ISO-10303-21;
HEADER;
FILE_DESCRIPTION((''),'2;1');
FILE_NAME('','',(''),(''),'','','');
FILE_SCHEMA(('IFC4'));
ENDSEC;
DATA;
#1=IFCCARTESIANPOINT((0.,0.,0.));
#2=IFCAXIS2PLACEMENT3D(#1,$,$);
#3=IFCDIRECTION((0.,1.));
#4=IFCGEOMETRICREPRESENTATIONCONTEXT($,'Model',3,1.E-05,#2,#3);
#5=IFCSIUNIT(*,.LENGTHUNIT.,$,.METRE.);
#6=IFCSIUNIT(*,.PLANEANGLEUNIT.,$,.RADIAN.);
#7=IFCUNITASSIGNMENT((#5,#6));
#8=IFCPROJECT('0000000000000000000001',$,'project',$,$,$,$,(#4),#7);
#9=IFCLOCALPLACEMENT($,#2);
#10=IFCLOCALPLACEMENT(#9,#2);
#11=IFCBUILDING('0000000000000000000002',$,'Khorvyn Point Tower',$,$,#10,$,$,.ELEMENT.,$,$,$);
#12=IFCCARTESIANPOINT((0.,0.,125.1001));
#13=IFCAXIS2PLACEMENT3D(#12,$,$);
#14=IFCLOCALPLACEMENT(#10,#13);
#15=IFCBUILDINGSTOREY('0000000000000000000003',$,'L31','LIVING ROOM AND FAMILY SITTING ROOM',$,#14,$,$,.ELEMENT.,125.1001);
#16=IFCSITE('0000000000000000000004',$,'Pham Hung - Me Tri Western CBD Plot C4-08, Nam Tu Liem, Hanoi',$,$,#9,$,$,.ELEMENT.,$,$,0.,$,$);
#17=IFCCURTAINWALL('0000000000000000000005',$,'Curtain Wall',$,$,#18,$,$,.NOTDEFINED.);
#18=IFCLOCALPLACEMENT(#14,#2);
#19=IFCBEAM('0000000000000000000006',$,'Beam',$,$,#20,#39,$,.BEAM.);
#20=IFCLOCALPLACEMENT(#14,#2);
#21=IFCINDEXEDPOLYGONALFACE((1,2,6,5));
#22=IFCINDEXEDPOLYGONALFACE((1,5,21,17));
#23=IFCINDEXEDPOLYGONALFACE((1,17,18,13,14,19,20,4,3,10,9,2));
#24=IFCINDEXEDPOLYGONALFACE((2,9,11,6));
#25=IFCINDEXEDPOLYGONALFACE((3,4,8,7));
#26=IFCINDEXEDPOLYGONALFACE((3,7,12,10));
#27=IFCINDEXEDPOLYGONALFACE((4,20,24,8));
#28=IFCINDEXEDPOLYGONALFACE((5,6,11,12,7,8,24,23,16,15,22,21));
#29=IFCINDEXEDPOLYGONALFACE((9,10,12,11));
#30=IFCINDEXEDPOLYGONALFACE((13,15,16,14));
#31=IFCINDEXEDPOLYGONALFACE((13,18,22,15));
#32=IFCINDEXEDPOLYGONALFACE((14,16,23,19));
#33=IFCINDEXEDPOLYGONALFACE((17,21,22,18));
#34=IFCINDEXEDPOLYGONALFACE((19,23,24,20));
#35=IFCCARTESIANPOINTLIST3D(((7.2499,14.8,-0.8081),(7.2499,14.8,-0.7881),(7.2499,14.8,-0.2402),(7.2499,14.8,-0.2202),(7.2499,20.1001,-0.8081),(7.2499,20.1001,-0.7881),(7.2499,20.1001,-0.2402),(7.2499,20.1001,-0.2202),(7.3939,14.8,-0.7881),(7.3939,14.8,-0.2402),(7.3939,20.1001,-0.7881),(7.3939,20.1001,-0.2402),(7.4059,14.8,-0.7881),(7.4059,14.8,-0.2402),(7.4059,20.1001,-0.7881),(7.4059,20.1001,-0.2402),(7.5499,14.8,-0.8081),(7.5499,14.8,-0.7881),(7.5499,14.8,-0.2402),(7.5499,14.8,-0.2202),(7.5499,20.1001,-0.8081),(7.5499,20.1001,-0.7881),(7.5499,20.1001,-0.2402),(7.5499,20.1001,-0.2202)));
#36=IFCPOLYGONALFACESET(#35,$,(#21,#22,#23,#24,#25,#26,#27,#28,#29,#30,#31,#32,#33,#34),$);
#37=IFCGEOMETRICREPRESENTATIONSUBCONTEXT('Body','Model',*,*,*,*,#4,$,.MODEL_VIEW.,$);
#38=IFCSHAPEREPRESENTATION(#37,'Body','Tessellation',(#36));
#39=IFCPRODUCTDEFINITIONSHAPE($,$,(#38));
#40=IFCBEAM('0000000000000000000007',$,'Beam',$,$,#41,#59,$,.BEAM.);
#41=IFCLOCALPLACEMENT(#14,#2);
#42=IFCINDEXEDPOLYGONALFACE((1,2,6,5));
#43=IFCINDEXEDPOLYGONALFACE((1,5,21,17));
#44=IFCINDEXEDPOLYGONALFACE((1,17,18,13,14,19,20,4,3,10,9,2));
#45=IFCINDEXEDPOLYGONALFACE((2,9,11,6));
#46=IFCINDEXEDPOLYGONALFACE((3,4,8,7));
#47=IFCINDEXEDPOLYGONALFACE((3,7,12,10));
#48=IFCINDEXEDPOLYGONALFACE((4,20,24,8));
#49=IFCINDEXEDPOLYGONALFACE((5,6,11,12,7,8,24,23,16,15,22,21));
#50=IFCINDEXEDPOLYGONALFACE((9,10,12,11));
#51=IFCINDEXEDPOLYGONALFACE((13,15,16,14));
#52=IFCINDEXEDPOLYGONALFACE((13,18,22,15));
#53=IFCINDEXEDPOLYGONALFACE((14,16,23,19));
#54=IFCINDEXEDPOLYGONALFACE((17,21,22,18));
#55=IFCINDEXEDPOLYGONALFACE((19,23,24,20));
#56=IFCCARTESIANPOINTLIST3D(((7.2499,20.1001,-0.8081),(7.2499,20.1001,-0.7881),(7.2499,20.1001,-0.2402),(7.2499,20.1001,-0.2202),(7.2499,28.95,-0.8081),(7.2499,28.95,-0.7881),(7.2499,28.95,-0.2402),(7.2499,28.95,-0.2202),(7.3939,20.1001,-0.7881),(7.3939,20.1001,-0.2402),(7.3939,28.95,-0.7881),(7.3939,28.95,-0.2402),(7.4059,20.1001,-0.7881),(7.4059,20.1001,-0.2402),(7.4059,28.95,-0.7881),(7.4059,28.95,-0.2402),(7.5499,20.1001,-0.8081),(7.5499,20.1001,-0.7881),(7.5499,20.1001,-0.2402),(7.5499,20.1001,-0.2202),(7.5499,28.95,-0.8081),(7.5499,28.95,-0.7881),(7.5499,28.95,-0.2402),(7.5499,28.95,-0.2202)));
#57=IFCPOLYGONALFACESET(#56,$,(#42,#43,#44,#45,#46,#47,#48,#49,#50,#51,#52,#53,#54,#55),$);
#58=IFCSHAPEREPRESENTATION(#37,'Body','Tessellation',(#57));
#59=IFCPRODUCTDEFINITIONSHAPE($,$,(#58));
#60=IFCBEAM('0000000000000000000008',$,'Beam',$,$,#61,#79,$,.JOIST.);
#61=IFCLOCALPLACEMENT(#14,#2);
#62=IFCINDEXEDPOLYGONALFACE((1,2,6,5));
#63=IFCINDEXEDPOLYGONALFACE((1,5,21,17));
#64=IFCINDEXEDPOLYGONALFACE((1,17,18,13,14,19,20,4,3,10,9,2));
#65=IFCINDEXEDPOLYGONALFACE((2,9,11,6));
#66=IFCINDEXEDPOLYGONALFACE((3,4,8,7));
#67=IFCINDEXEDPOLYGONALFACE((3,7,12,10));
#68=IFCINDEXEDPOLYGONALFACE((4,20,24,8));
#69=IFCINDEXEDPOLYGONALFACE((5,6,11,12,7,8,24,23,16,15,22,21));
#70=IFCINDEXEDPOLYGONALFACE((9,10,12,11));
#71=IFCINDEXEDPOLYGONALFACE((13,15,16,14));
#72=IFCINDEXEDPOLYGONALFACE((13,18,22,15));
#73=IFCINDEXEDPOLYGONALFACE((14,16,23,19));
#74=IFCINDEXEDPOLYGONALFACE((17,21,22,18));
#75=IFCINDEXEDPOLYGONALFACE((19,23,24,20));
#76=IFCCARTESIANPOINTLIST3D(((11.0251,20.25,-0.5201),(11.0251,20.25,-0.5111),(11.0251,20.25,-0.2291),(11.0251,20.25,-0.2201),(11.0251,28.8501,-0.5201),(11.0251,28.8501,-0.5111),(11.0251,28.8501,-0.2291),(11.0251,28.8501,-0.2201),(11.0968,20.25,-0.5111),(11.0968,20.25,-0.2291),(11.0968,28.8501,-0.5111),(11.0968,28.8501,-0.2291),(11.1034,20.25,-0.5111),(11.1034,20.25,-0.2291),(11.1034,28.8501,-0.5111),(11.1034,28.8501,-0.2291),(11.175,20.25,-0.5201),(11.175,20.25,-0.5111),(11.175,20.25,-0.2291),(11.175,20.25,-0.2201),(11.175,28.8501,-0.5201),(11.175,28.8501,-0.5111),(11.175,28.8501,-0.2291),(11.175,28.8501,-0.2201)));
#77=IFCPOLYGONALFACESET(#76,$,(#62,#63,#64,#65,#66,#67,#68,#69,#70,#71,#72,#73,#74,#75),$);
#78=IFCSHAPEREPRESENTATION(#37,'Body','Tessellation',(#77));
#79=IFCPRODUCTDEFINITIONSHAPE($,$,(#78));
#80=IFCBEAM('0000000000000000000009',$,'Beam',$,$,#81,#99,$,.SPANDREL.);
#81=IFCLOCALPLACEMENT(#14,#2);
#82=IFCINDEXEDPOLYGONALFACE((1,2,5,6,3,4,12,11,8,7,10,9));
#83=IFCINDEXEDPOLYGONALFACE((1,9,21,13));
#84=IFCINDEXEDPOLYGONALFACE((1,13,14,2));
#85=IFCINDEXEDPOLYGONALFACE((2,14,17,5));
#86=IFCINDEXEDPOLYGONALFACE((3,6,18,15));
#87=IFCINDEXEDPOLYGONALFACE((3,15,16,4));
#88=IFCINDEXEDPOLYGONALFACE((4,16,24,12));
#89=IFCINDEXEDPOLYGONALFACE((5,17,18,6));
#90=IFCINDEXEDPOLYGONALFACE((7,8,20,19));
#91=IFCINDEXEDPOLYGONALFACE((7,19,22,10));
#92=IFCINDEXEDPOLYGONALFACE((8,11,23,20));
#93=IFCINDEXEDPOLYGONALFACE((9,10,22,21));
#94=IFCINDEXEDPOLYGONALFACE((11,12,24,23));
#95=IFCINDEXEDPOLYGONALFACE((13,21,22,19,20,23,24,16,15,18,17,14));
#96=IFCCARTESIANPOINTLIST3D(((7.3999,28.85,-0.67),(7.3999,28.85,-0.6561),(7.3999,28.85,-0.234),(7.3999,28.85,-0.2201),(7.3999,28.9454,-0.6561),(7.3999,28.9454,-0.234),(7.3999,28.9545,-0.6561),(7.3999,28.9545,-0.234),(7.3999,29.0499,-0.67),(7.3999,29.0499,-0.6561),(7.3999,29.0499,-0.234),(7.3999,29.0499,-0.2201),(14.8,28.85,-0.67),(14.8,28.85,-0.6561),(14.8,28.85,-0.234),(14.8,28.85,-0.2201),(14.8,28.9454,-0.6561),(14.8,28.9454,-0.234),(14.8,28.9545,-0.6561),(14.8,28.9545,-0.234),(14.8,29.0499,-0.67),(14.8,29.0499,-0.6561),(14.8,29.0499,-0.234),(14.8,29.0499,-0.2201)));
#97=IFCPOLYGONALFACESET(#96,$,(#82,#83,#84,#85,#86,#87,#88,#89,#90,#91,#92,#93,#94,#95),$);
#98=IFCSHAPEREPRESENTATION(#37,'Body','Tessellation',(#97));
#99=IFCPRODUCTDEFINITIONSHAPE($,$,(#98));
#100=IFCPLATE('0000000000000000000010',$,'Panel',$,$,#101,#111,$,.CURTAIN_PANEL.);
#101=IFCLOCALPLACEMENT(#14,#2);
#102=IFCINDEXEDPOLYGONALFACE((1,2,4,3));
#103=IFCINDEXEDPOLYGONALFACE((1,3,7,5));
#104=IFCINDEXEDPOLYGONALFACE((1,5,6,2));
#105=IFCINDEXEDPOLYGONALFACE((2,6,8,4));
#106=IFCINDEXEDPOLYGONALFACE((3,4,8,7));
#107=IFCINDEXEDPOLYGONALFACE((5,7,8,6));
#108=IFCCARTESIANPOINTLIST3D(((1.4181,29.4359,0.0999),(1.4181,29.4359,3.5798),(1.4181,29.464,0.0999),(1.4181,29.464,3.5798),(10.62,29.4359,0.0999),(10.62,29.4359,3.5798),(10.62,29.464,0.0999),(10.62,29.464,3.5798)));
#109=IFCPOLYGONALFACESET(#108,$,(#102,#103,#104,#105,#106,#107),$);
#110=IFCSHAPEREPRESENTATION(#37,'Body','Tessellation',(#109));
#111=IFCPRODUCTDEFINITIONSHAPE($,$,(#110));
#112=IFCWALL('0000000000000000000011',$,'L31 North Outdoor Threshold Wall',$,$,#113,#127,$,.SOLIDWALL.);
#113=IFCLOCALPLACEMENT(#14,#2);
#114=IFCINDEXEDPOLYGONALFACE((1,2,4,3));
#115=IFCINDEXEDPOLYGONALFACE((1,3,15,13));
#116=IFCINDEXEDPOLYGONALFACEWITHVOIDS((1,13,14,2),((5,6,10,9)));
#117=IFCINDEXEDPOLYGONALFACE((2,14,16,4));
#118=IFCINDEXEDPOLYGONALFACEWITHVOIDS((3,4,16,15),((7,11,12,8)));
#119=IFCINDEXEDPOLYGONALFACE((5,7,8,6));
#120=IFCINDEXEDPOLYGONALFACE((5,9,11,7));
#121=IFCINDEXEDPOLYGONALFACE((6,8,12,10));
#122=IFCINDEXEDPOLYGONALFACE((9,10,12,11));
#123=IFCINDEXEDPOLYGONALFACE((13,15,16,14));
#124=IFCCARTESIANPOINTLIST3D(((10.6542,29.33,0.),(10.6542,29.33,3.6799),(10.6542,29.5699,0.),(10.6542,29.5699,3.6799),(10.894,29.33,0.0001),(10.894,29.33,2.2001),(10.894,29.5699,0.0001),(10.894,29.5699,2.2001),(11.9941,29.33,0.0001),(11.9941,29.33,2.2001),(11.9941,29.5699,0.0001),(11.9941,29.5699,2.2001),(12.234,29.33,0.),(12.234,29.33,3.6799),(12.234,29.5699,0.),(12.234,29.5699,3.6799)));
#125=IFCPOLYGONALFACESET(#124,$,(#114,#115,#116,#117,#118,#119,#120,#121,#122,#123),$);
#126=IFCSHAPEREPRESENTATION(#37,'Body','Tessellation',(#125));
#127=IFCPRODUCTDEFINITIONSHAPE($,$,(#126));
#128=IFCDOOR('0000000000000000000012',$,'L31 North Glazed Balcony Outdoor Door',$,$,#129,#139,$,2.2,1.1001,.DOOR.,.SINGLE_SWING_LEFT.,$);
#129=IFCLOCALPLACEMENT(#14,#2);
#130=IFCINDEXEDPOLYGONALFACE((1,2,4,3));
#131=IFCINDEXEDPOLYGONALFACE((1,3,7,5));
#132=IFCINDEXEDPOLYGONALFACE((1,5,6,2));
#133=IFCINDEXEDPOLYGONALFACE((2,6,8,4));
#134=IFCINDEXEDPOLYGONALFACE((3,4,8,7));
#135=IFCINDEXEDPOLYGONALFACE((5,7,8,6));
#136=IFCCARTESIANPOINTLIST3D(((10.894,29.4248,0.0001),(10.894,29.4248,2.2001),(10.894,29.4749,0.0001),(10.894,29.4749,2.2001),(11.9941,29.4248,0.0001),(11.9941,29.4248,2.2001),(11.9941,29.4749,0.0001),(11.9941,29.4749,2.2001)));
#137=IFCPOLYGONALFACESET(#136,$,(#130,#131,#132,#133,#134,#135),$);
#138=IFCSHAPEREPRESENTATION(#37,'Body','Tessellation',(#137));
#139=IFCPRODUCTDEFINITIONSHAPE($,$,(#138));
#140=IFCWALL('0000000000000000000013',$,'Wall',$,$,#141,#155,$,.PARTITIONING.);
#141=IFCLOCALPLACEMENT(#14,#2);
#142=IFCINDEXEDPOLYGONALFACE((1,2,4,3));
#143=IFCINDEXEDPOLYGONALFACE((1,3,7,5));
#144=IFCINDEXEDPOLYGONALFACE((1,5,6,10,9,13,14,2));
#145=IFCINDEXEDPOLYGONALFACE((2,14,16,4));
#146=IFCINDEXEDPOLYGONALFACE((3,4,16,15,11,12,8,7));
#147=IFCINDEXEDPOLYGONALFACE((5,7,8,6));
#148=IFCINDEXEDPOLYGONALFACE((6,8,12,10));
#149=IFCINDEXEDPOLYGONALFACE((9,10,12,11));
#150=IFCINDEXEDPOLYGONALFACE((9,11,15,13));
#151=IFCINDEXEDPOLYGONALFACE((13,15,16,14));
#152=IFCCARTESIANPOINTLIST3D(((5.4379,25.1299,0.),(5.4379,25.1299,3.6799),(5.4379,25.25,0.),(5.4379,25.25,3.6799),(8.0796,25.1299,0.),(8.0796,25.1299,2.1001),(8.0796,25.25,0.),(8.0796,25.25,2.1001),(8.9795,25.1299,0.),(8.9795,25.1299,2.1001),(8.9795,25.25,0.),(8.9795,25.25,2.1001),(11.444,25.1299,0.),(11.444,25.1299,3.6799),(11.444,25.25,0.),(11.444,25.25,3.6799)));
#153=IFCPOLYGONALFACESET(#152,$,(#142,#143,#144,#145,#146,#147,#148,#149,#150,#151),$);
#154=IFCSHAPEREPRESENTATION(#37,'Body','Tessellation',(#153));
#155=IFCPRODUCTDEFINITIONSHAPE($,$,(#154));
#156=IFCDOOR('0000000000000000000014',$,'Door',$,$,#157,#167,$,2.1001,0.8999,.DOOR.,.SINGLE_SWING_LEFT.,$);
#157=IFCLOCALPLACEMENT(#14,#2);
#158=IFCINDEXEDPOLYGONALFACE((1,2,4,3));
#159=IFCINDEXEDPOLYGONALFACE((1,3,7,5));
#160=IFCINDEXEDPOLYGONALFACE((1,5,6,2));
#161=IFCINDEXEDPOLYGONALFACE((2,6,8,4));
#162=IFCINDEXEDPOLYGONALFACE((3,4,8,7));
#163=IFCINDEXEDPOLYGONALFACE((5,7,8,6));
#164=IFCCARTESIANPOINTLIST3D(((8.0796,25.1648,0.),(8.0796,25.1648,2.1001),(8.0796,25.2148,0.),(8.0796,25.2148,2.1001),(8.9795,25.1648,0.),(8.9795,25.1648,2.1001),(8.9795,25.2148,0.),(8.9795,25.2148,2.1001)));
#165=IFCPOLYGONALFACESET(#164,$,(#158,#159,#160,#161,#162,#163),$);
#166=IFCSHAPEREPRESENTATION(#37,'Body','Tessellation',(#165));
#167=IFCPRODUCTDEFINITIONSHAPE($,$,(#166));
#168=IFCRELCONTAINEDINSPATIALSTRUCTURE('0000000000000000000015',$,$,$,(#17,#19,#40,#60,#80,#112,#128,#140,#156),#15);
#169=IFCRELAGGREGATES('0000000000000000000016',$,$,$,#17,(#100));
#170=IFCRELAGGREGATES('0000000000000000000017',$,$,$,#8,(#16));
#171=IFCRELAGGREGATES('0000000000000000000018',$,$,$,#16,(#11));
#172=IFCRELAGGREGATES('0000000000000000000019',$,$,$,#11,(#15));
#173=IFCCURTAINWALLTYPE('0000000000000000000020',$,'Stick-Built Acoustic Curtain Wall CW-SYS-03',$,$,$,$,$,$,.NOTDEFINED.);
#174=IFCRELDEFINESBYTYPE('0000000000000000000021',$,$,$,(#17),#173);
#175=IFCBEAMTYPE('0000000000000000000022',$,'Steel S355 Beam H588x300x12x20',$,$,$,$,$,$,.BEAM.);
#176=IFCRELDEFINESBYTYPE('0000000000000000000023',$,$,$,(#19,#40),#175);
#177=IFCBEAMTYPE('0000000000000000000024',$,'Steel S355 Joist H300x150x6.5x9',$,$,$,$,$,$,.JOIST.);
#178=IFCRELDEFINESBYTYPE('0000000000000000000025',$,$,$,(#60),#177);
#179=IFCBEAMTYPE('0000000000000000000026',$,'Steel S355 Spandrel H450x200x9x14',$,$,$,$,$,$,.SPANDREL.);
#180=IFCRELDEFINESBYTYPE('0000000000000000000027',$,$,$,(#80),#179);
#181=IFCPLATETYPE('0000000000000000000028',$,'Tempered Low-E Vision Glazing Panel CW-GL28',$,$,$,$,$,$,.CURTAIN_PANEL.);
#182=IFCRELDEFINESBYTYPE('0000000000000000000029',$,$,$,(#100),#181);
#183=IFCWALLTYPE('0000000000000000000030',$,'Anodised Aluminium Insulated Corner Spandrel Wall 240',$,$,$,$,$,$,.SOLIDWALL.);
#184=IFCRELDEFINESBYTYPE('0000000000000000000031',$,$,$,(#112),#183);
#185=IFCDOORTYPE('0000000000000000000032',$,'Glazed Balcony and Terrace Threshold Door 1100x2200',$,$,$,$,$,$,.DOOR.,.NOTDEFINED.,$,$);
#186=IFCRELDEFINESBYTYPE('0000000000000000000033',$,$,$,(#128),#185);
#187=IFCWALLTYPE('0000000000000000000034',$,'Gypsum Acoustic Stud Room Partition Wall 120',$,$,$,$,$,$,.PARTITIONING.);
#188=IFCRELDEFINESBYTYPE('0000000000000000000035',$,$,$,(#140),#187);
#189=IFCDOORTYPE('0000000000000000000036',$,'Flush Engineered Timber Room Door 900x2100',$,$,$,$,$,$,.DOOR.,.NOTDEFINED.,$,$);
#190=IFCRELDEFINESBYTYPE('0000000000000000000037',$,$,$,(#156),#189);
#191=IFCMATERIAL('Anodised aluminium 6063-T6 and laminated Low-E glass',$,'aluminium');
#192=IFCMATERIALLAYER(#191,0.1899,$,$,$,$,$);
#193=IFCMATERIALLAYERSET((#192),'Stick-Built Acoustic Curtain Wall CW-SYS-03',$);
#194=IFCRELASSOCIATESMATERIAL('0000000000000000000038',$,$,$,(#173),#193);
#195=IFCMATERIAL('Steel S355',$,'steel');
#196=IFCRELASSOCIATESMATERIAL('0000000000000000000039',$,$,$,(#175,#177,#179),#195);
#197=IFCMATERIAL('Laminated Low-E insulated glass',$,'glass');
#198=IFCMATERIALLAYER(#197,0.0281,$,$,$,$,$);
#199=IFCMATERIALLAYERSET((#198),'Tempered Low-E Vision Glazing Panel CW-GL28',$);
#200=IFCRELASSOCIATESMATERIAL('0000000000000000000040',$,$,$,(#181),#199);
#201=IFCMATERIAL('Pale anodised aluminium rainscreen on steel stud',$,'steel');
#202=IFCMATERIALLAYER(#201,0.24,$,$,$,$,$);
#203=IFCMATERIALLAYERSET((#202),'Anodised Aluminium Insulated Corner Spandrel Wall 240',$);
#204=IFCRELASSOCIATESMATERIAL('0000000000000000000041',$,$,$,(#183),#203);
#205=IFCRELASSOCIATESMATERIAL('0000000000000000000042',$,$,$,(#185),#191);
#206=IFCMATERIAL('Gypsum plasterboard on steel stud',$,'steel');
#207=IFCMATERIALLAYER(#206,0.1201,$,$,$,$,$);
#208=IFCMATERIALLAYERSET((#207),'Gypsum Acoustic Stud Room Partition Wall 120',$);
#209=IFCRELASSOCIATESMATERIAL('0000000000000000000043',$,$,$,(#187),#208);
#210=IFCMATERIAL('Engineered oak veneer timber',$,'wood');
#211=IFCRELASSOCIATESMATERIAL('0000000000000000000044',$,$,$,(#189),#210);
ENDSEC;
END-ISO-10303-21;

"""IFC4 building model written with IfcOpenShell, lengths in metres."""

from ifc_helpers import new_model, si_unit, direction, frame, frame_2d, origin, origin_2d, place, context, subcontext, project, spatial, rectangle, i_section, extrude, material, layer, layer_set, material_profile, profile_set, type_object, element, fill, aggregate, save


model = new_model("IFC4")

# Units and contexts
model_context = context("Model", 3, precision=1e-05, world=origin(), true_north=direction((0.0, 1.0)))
body_context = subcontext(model_context, "Body", "Model", "MODEL_VIEW")
ifc_project = project(units=[si_unit("LENGTHUNIT", "METRE"), si_unit("PLANEANGLEUNIT", "RADIAN")], contexts=[model_context])

# Site, building, storey
site_placement = place(None, origin())
site = spatial("IfcSite", under=ifc_project, at=site_placement, Name="Pham Hung - Me Tri Western CBD Plot C4-08, Nam Tu Liem, Hanoi", CompositionType="ELEMENT", RefElevation=0.0)
building_placement = place(site_placement, origin())
building = spatial("IfcBuilding", under=site, at=building_placement, Name="Khorvyn Point Tower", CompositionType="ELEMENT")
storey_placement = place(building_placement, frame((0.0, 0.0, 125.1001)))
storey = spatial("IfcBuildingStorey", under=building, at=storey_placement, Name="L31", Description="LIVING ROOM AND FAMILY SITTING ROOM", CompositionType="ELEMENT", Elevation=125.1001)

# Curtain wall
ifc_material_1 = material(Name="Anodised aluminium 6063-T6 and laminated Low-E glass", Category="aluminium")
ifc_layer_1 = layer(ifc_material_1, 0.1899)
ifc_layer_set_1 = layer_set([ifc_layer_1], Name="Stick-Built Acoustic Curtain Wall CW-SYS-03")
curtain_wall_type = type_object("IfcCurtainWallType", Name="Stick-Built Acoustic Curtain Wall CW-SYS-03", PredefinedType="NOTDEFINED", material=ifc_layer_set_1)
curtain_wall_1_placement = place(storey_placement, origin())
curtain_wall_1 = element("IfcCurtainWall", 1, at=curtain_wall_1_placement, inside=storey, type_object=curtain_wall_type, Name="Curtain Wall", PredefinedType="NOTDEFINED")

# Beams
ifc_material_2 = material(Name="Steel S355", Category="steel")
ifc_material_profile_1 = material_profile(ifc_material_2, i_section(OverallWidth=0.3, OverallDepth=0.5879, WebThickness=0.012, FlangeThickness=0.02, at=origin_2d()))
ifc_profile_set_1 = profile_set([ifc_material_profile_1], Name="Steel S355 H588x300x12x20")
beam_type_1 = type_object("IfcBeamType", Name="Steel S355 Beam H588x300x12x20", PredefinedType="BEAM", material=ifc_profile_set_1)
beam_1_placement = place(storey_placement, frame((7.3999, 14.8, -0.5142), z_axis=(0.0, 1.0, 0.0), x_axis=(-1.0, 0.0, 0.0)))
element("IfcBeam", 2, at=beam_1_placement, inside=storey, type_object=beam_type_1, Name="Beam", PredefinedType="BEAM", context=body_context, shape_type="SweptSolid", body=[
    extrude(i_section(OverallWidth=0.3, OverallDepth=0.5879, WebThickness=0.012, FlangeThickness=0.02, at=origin_2d()), origin(), (0.0, 0.0, 1.0), 5.3),
])
beam_2_placement = place(storey_placement, frame((7.3999, 20.1001, -0.5142), z_axis=(0.0, 1.0, 0.0), x_axis=(-1.0, 0.0, 0.0)))
element("IfcBeam", 3, at=beam_2_placement, inside=storey, type_object=beam_type_1, Name="Beam", PredefinedType="BEAM", context=body_context, shape_type="SweptSolid", body=[
    extrude(i_section(OverallWidth=0.3, OverallDepth=0.5879, WebThickness=0.012, FlangeThickness=0.02, at=origin_2d()), origin(), (0.0, 0.0, 1.0), 8.8499),
])
ifc_material_profile_2 = material_profile(ifc_material_2, i_section(OverallWidth=0.1499, OverallDepth=0.3, WebThickness=0.0066, FlangeThickness=0.009, at=origin_2d()))
ifc_profile_set_2 = profile_set([ifc_material_profile_2], Name="Steel S355 H300x150x6.5x9")
beam_type_2 = type_object("IfcBeamType", Name="Steel S355 Joist H300x150x6.5x9", PredefinedType="JOIST", material=ifc_profile_set_2)
beam_3_placement = place(storey_placement, frame((11.1001, 20.25, -0.3701), z_axis=(0.0, 1.0, 0.0), x_axis=(-1.0, 0.0, 0.0)))
element("IfcBeam", 4, at=beam_3_placement, inside=storey, type_object=beam_type_2, Name="Beam", PredefinedType="JOIST", context=body_context, shape_type="SweptSolid", body=[
    extrude(i_section(OverallWidth=0.1499, OverallDepth=0.3, WebThickness=0.0066, FlangeThickness=0.009, at=origin_2d()), origin(), (0.0, 0.0, 1.0), 8.6001),
])
ifc_material_profile_3 = material_profile(ifc_material_2, i_section(OverallWidth=0.2, OverallDepth=0.45, WebThickness=0.009, FlangeThickness=0.0139, at=origin_2d()))
ifc_profile_set_3 = profile_set([ifc_material_profile_3], Name="Steel S355 H450x200x9x14")
beam_type_3 = type_object("IfcBeamType", Name="Steel S355 Spandrel H450x200x9x14", PredefinedType="SPANDREL", material=ifc_profile_set_3)
beam_4_placement = place(storey_placement, frame((7.3999, 28.95, -0.4451), z_axis=(1.0, 0.0, 0.0), x_axis=(0.0, 1.0, 0.0)))
element("IfcBeam", 5, at=beam_4_placement, inside=storey, type_object=beam_type_3, Name="Beam", PredefinedType="SPANDREL", context=body_context, shape_type="SweptSolid", body=[
    extrude(i_section(OverallWidth=0.2, OverallDepth=0.45, WebThickness=0.009, FlangeThickness=0.0139, at=origin_2d()), origin(), (0.0, 0.0, 1.0), 7.4001),
])

# Plate
ifc_material_3 = material(Name="Laminated Low-E insulated glass", Category="glass")
ifc_layer_2 = layer(ifc_material_3, 0.0281)
ifc_layer_set_2 = layer_set([ifc_layer_2], Name="Tempered Low-E Vision Glazing Panel CW-GL28")
plate_type = type_object("IfcPlateType", Name="Tempered Low-E Vision Glazing Panel CW-GL28", PredefinedType="CURTAIN_PANEL", material=ifc_layer_set_2)
plate_placement = place(storey_placement, frame((6.019, 29.45, 0.0999), z_axis=(0.0, 0.0, 1.0), x_axis=(1.0, 0.0, 0.0)))
plate = element("IfcPlate", 6, at=plate_placement, type_object=plate_type, Name="Panel", PredefinedType="CURTAIN_PANEL", context=body_context, shape_type="SweptSolid", body=[
    extrude(rectangle(XDim=9.2019, YDim=0.0281, at=origin_2d()), origin(), (0.0, 0.0, 1.0), 3.48),
])
aggregate(curtain_wall_1, [plate])

# Walls, openings, doors
ifc_material_4 = material(Name="Pale anodised aluminium rainscreen on steel stud", Category="steel")
ifc_layer_3 = layer(ifc_material_4, 0.24)
ifc_layer_set_3 = layer_set([ifc_layer_3], Name="Anodised Aluminium Insulated Corner Spandrel Wall 240")
wall_type_1 = type_object("IfcWallType", Name="Anodised Aluminium Insulated Corner Spandrel Wall 240", PredefinedType="SOLIDWALL", material=ifc_layer_set_3)
wall_1_placement = place(storey_placement, frame((10.6541, 29.45, 0.0), z_axis=(0.0, 0.0, 1.0), x_axis=(1.0, 0.0, 0.0)))
wall_1 = element("IfcWall", 7, at=wall_1_placement, inside=storey, type_object=wall_type_1, Name="L31 North Outdoor Threshold Wall", PredefinedType="SOLIDWALL", context=body_context, shape_type="SweptSolid", body=[
    extrude(rectangle(XDim=1.5798, YDim=0.24, at=frame_2d((0.79, 0.0))), origin(), (0.0, 0.0, 1.0), 3.6799),
])
opening_1_placement = place(wall_1_placement, frame((0.24, 0.0, 0.0)))
opening_1 = element("IfcOpeningElement", 8, at=opening_1_placement, cuts=wall_1, PredefinedType="OPENING", context=body_context, shape_type="SweptSolid", body=[
    extrude(rectangle(XDim=1.1001, YDim=2.2, at=frame_2d((0.55, 1.1001))), frame((0.0, 0.1299, 0.0), z_axis=(0.0, -1.0, 0.0), x_axis=(1.0, 0.0, 0.0)), (0.0, 0.0, 1.0), 0.26),
])
door_type_1 = type_object("IfcDoorType", Name="Glazed Balcony and Terrace Threshold Door 1100x2200", OperationType="NOTDEFINED", PredefinedType="DOOR", material=ifc_material_1)
door_1_placement = place(opening_1_placement, origin())
door_1 = element("IfcDoor", 9, at=door_1_placement, inside=storey, type_object=door_type_1, Name="L31 North Glazed Balcony Outdoor Door", OperationType="SINGLE_SWING_LEFT", OverallHeight=2.2, OverallWidth=1.1001, PredefinedType="DOOR", context=body_context, shape_type="SweptSolid", body=[
    extrude(rectangle(XDim=1.1001, YDim=2.2, at=frame_2d((0.55, 1.1001))), frame((0.0, 0.0249, 0.0), z_axis=(0.0, -1.0, 0.0), x_axis=(1.0, 0.0, 0.0)), (0.0, 0.0, 1.0), 0.05),
])
fill(opening_1, door_1)
ifc_material_5 = material(Name="Gypsum plasterboard on steel stud", Category="steel")
ifc_layer_4 = layer(ifc_material_5, 0.1201)
ifc_layer_set_4 = layer_set([ifc_layer_4], Name="Gypsum Acoustic Stud Room Partition Wall 120")
wall_type_2 = type_object("IfcWallType", Name="Gypsum Acoustic Stud Room Partition Wall 120", PredefinedType="PARTITIONING", material=ifc_layer_set_4)
wall_2_placement = place(storey_placement, frame((5.438, 25.1899, 0.0), z_axis=(0.0, 0.0, 1.0), x_axis=(1.0, 0.0, 0.0)))
wall_2 = element("IfcWall", 10, at=wall_2_placement, inside=storey, type_object=wall_type_2, Name="Wall", PredefinedType="PARTITIONING", context=body_context, shape_type="SweptSolid", body=[
    extrude(rectangle(XDim=6.0061, YDim=0.1201, at=frame_2d((3.0029, 0.0))), origin(), (0.0, 0.0, 1.0), 3.6799),
])
opening_2_placement = place(wall_2_placement, frame((2.6416, 0.0, 0.0)))
opening_2 = element("IfcOpeningElement", 11, at=opening_2_placement, cuts=wall_2, PredefinedType="OPENING", context=body_context, shape_type="SweptSolid", body=[
    extrude(rectangle(XDim=0.8999, YDim=2.1001, at=frame_2d((0.45, 1.05))), frame((0.0, 0.0701, 0.0), z_axis=(0.0, -1.0, 0.0), x_axis=(1.0, 0.0, 0.0)), (0.0, 0.0, 1.0), 0.1401),
])
ifc_material_6 = material(Name="Engineered oak veneer timber", Category="wood")
door_type_2 = type_object("IfcDoorType", Name="Flush Engineered Timber Room Door 900x2100", OperationType="NOTDEFINED", PredefinedType="DOOR", material=ifc_material_6)
door_2_placement = place(opening_2_placement, origin())
door_2 = element("IfcDoor", 12, at=door_2_placement, inside=storey, type_object=door_type_2, Name="Door", OperationType="SINGLE_SWING_LEFT", OverallHeight=2.1001, OverallWidth=0.8999, PredefinedType="DOOR", context=body_context, shape_type="SweptSolid", body=[
    extrude(rectangle(XDim=0.8999, YDim=2.1001, at=frame_2d((0.45, 1.05))), frame((0.0, 0.0249, 0.0), z_axis=(0.0, -1.0, 0.0), x_axis=(1.0, 0.0, 0.0)), (0.0, 0.0, 1.0), 0.05),
])
fill(opening_2, door_2)

save(model, "model.ifc")
